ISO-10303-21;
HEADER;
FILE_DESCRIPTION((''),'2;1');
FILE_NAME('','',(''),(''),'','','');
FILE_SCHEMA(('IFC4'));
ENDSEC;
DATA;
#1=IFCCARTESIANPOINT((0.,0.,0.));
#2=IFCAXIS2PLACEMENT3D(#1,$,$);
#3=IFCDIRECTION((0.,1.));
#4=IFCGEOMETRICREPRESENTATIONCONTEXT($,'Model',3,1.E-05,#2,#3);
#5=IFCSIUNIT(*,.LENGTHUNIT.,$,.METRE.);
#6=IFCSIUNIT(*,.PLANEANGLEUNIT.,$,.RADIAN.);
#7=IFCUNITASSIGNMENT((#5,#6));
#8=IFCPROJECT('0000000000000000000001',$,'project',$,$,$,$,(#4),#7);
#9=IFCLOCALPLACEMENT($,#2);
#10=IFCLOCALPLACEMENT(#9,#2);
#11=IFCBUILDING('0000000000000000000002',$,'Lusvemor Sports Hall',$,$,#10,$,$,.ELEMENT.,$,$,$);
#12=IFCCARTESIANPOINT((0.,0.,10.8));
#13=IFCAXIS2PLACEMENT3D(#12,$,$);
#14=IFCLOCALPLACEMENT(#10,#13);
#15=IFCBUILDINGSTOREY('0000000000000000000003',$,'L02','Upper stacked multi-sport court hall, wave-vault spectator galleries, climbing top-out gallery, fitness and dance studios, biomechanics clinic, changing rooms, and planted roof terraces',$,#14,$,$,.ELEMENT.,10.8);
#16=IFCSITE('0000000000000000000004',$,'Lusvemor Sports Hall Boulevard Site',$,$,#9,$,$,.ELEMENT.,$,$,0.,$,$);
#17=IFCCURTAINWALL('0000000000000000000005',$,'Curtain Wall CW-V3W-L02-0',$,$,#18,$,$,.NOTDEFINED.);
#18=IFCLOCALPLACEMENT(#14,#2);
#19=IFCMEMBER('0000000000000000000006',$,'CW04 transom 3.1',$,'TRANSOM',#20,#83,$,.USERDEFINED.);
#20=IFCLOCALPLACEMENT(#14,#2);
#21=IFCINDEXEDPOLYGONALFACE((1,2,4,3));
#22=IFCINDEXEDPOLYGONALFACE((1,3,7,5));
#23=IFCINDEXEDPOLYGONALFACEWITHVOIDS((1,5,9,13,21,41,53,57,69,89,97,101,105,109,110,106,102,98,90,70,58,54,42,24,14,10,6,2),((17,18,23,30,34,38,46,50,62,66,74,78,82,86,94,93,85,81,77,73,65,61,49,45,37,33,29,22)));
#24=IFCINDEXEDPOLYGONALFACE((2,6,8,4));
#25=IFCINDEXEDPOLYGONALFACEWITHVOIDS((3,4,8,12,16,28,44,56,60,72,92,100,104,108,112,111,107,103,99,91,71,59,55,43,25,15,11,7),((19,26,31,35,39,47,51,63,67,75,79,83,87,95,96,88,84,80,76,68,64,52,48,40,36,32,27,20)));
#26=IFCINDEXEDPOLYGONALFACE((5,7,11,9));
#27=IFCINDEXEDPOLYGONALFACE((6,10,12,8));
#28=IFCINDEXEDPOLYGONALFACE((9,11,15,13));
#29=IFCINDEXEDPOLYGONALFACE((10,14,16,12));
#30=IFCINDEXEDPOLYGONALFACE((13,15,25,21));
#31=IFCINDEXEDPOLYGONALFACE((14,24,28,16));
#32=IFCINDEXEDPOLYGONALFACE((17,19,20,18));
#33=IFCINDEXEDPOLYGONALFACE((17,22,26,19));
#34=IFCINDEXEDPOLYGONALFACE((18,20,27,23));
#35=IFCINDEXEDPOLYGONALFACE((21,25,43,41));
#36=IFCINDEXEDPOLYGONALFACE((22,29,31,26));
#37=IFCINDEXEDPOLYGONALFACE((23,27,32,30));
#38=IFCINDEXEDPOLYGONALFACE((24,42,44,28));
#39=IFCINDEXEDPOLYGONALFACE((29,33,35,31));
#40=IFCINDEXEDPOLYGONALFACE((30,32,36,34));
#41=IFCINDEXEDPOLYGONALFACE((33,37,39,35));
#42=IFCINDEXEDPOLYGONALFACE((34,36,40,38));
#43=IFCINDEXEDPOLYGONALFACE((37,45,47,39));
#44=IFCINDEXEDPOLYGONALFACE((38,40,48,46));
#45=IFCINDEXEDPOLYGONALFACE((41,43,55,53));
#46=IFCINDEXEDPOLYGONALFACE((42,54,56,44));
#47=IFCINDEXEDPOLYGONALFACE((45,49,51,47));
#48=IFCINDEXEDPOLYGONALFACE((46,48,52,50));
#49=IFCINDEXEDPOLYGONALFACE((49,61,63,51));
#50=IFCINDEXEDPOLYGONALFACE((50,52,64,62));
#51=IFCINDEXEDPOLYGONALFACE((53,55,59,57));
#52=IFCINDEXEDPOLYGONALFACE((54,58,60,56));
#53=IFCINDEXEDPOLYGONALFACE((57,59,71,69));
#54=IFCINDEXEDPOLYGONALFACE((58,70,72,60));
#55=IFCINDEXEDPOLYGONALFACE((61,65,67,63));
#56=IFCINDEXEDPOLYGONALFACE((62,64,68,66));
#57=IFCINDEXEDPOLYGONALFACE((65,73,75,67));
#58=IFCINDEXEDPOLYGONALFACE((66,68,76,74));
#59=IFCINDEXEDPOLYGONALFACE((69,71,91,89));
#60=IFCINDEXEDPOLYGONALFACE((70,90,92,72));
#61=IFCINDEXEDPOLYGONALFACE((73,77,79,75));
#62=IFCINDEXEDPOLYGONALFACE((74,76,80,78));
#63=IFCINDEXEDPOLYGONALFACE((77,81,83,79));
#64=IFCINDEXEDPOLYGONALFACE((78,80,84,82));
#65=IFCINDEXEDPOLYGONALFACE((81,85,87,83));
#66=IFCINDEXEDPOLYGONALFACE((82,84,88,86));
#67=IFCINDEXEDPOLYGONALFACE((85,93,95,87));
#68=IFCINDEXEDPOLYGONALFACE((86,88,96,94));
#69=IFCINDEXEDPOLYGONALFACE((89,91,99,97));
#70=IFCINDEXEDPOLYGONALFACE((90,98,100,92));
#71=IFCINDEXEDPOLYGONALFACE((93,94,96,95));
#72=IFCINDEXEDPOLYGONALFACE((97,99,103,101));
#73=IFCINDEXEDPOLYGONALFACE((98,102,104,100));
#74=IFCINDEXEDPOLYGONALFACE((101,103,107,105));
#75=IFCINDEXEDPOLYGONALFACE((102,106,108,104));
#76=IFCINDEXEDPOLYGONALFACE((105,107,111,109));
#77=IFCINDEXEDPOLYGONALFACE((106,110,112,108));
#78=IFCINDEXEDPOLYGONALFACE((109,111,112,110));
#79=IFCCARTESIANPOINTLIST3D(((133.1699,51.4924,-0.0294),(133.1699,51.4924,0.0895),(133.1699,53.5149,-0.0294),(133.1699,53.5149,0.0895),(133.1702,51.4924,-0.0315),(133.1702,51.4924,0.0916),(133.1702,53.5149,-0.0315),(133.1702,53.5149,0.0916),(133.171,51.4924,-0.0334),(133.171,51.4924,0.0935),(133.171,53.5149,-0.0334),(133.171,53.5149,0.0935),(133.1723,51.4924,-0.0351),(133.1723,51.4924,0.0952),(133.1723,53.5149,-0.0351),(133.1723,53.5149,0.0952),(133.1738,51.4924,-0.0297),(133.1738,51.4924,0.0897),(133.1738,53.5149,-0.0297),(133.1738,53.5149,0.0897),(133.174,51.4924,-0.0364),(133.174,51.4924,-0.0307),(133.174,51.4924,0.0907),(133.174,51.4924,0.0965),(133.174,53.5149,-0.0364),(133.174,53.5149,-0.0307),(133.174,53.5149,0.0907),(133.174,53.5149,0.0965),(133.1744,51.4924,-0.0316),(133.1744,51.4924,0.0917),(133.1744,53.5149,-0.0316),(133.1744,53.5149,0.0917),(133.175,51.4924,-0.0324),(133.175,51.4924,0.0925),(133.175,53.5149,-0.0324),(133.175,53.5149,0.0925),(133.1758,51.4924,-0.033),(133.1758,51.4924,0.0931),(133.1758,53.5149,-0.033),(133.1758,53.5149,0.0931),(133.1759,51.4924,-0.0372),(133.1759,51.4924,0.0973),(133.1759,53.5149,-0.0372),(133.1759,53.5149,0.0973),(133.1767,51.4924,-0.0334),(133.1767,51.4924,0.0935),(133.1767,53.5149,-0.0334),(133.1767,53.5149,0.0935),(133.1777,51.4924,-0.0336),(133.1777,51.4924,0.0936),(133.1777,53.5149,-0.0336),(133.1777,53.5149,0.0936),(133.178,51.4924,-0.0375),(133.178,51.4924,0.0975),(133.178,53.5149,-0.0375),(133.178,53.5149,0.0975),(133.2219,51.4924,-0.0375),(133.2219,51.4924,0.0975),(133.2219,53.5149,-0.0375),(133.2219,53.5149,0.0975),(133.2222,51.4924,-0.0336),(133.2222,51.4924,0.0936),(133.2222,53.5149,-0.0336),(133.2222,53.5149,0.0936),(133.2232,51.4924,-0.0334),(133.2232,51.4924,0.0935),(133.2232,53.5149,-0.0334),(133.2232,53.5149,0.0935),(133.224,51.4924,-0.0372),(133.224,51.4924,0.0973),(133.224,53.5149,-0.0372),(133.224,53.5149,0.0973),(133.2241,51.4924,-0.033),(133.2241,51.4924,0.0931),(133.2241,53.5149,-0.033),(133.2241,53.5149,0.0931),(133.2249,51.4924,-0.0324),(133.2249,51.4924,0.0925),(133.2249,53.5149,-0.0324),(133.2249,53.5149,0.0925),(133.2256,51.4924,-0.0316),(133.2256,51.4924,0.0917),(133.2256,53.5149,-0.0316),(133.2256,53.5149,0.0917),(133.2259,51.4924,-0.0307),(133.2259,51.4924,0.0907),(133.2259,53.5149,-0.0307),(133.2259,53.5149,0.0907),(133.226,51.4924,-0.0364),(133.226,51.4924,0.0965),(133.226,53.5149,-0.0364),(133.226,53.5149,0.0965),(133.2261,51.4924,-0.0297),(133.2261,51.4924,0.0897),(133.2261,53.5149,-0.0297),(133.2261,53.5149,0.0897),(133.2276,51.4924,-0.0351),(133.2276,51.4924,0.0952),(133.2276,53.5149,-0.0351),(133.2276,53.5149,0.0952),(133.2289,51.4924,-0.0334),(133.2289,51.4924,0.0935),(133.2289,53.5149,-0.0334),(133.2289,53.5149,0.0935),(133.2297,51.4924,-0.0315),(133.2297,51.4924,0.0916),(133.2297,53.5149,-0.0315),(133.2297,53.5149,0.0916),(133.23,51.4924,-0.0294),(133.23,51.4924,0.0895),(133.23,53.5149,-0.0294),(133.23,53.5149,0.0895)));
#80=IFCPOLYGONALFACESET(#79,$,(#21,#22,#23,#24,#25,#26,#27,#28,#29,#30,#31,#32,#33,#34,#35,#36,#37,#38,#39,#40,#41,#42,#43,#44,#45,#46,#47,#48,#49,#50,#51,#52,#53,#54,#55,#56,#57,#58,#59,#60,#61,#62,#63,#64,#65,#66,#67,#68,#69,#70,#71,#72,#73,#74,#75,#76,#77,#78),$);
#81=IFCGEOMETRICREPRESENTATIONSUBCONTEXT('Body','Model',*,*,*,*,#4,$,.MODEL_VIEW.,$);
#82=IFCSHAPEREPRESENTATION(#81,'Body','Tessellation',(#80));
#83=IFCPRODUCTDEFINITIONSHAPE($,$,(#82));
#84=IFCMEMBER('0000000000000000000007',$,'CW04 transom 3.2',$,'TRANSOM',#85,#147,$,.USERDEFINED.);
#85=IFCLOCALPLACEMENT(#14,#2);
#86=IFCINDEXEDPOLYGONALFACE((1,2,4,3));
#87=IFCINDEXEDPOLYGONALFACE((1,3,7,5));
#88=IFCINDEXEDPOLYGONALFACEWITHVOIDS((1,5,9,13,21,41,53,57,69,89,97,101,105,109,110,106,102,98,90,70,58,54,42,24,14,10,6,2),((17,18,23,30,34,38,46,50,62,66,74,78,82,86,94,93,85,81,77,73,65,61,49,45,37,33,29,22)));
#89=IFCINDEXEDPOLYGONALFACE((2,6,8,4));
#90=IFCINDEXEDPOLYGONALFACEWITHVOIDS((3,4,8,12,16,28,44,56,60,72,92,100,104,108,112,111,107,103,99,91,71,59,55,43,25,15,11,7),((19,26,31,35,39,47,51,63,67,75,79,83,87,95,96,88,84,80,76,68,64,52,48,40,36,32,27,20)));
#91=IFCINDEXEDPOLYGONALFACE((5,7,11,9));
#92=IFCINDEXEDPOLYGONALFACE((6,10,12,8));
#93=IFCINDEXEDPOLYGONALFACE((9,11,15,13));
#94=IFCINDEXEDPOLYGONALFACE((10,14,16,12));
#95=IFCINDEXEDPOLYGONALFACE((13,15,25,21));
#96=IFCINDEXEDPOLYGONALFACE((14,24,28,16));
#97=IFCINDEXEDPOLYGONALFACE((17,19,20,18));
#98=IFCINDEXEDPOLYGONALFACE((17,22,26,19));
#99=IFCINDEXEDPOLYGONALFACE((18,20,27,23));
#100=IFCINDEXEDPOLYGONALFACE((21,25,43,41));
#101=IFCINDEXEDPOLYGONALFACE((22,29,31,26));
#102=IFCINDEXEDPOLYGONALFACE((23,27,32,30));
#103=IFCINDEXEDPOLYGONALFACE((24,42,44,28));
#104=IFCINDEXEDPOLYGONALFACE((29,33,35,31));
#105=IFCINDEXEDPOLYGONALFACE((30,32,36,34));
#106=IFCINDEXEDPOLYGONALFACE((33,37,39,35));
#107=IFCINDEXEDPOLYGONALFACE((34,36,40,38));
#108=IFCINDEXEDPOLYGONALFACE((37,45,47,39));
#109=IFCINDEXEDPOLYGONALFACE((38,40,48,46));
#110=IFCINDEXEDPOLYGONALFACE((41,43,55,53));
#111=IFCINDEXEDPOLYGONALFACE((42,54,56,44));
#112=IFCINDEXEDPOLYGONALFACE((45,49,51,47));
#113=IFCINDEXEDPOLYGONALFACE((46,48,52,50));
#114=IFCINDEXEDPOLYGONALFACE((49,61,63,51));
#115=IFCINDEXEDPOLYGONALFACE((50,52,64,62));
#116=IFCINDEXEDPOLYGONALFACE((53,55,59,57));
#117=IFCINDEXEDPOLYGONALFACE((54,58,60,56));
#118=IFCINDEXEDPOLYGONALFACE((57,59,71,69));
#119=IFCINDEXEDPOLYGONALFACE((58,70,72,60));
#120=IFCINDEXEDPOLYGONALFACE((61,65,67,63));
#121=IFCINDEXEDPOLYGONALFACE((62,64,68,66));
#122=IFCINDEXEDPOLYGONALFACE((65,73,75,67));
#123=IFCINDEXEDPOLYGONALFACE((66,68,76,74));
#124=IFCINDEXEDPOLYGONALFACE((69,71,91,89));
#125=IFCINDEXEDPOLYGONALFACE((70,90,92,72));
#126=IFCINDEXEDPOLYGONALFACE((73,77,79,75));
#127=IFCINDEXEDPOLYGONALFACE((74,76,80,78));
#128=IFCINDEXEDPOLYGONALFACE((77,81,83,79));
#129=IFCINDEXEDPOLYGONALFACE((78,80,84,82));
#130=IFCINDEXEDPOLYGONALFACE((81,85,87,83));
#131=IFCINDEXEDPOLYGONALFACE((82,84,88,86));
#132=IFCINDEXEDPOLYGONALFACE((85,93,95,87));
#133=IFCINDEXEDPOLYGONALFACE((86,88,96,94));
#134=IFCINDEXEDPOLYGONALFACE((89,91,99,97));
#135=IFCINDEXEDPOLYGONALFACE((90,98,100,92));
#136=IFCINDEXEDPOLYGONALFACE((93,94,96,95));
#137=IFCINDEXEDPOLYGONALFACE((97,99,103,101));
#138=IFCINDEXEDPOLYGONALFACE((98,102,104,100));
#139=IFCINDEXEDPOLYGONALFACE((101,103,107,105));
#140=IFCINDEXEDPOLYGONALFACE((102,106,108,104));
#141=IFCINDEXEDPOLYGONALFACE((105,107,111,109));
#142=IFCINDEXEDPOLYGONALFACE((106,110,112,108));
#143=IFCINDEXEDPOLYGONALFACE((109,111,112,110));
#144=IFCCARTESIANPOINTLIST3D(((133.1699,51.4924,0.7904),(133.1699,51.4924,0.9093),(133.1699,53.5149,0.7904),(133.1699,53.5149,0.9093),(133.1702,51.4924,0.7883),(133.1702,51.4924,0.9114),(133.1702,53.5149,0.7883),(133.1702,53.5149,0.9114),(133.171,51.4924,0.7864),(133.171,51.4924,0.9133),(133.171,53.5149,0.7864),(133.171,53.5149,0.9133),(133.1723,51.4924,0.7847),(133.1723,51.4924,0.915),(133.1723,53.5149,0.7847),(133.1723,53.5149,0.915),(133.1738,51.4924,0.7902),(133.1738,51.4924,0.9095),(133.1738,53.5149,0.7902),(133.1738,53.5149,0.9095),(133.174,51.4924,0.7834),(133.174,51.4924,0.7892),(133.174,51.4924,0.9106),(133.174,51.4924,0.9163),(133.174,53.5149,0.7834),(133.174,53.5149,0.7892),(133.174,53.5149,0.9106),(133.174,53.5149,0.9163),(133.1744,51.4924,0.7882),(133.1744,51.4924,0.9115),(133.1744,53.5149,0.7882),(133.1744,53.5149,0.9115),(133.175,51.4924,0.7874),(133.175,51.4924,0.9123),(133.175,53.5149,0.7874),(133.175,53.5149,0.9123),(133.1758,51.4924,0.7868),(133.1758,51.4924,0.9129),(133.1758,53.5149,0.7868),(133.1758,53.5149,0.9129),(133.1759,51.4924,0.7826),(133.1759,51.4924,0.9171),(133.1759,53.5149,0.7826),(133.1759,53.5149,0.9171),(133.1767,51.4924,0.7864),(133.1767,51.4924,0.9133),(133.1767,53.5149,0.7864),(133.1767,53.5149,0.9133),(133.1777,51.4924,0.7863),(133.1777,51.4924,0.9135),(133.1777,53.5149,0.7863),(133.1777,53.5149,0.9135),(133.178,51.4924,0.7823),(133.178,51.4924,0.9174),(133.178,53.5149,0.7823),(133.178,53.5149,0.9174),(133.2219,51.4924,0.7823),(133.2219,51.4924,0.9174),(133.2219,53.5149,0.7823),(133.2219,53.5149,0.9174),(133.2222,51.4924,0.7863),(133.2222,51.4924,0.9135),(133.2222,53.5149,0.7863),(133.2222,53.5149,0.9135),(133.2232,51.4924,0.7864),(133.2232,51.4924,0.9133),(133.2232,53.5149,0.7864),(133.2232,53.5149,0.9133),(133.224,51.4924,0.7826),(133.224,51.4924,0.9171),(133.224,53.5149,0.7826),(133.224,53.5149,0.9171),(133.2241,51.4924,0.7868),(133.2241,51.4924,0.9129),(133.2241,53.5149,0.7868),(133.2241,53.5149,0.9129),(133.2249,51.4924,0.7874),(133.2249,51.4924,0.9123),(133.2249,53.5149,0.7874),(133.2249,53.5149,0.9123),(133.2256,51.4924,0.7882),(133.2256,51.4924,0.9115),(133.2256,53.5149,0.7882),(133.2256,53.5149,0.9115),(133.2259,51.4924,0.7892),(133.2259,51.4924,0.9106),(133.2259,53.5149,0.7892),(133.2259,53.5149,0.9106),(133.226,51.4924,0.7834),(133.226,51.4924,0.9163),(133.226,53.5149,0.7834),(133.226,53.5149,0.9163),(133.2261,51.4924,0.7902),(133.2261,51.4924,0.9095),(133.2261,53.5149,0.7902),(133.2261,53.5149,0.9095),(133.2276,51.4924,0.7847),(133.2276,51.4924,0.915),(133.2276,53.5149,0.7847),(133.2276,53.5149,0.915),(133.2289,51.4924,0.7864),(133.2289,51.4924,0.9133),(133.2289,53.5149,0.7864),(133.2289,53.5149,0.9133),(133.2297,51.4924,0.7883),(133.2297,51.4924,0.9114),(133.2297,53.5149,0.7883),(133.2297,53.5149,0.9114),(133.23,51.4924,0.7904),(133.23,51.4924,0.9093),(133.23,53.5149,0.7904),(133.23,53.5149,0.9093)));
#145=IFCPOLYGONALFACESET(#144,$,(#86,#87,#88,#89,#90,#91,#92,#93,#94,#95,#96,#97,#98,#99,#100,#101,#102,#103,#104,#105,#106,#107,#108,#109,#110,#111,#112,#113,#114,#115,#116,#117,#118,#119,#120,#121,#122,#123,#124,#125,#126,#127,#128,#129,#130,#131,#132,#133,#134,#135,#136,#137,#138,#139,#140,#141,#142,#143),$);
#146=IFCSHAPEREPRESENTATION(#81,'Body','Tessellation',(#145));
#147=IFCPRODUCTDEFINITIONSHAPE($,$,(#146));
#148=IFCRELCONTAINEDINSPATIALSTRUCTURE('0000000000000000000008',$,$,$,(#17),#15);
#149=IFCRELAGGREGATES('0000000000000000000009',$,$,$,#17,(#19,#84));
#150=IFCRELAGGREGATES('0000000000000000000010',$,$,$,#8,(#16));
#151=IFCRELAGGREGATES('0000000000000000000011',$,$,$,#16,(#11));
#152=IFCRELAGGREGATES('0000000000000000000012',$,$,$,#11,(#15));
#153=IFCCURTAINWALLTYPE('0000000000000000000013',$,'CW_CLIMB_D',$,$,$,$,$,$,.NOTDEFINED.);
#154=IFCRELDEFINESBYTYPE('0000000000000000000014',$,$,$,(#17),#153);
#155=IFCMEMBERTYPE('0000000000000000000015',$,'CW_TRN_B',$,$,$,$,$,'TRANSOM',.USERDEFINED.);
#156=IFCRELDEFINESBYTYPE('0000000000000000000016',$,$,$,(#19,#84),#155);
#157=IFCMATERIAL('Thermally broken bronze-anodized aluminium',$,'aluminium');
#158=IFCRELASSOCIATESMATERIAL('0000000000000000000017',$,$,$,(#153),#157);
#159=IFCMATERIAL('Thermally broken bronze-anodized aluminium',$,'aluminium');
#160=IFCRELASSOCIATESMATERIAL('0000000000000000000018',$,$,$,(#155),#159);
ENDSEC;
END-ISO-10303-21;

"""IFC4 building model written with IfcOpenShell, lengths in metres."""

from ifc_helpers import new_model, si_unit, direction, frame, origin, origin_2d, place, context, subcontext, project, spatial, hollow_rectangle, extrude, material, material_profile, profile_set, type_object, element, aggregate, save


model = new_model("IFC4")

# Units and contexts
model_context = context("Model", 3, precision=1e-05, world=origin(), true_north=direction((0.0, 1.0)))
body_context = subcontext(model_context, "Body", "Model", "MODEL_VIEW")
ifc_project = project(units=[si_unit("LENGTHUNIT", "METRE"), si_unit("PLANEANGLEUNIT", "RADIAN")], contexts=[model_context])

# Site, building, storey
site_placement = place(None, origin())
site = spatial("IfcSite", under=ifc_project, at=site_placement, Name="Lusvemor Sports Hall Boulevard Site", CompositionType="ELEMENT", RefElevation=0.0)
building_placement = place(site_placement, origin())
building = spatial("IfcBuilding", under=site, at=building_placement, Name="Lusvemor Sports Hall", CompositionType="ELEMENT")
storey_placement = place(building_placement, frame((0.0, 0.0, 10.8)))
storey = spatial("IfcBuildingStorey", under=building, at=storey_placement, Name="L02", Description="Upper stacked multi-sport court hall, wave-vault spectator galleries, climbing top-out gallery, fitness and dance studios, biomechanics clinic, changing rooms, and planted roof terraces", CompositionType="ELEMENT", Elevation=10.8)

# Curtain wall
ifc_material_1 = material(Name="Thermally broken bronze-anodized aluminium", Category="aluminium")
curtain_wall_type = type_object("IfcCurtainWallType", Name="CW_CLIMB_D", PredefinedType="NOTDEFINED", material=ifc_material_1)
curtain_wall_1_placement = place(storey_placement, origin())
curtain_wall_1 = element("IfcCurtainWall", 1, at=curtain_wall_1_placement, inside=storey, type_object=curtain_wall_type, Name="Curtain Wall CW-V3W-L02-0", PredefinedType="NOTDEFINED")

# Members
ifc_material_2 = material(Name="Thermally broken bronze-anodized aluminium", Category="aluminium")
ifc_material_profile_1 = material_profile(ifc_material_2, hollow_rectangle(XDim=0.0601, YDim=0.135, WallThickness=0.0039, InnerFilletRadius=0.0039, OuterFilletRadius=0.0081, at=origin_2d()), Name="CWTRN135x60x4")
ifc_profile_set_1 = profile_set([ifc_material_profile_1], Name="Thermally broken bronze-anodized aluminium")
member_type_1 = type_object("IfcMemberType", Name="CW_TRN_B", ElementType="TRANSOM", PredefinedType="USERDEFINED", material=ifc_profile_set_1)
member_1_placement = place(storey_placement, frame((133.2, 51.4924, 0.03), z_axis=(0.0, 1.0, 0.0), x_axis=(-1.0, 0.0, 0.0)))
member_1 = element("IfcMember", 2, at=member_1_placement, type_object=member_type_1, Name="CW04 transom 3.1", ObjectType="TRANSOM", PredefinedType="USERDEFINED", context=body_context, shape_type="SweptSolid", body=[
    extrude(hollow_rectangle(XDim=0.0601, YDim=0.135, WallThickness=0.0039, InnerFilletRadius=0.0039, OuterFilletRadius=0.0081, at=origin_2d()), origin(), (0.0, 0.0, 1.0), 2.0225),
])
member_2_placement = place(storey_placement, frame((133.2, 51.4924, 0.8499), z_axis=(0.0, 1.0, 0.0), x_axis=(-1.0, 0.0, 0.0)))
member_2 = element("IfcMember", 3, at=member_2_placement, type_object=member_type_1, Name="CW04 transom 3.2", ObjectType="TRANSOM", PredefinedType="USERDEFINED", context=body_context, shape_type="SweptSolid", body=[
    extrude(hollow_rectangle(XDim=0.0601, YDim=0.135, WallThickness=0.0039, InnerFilletRadius=0.0039, OuterFilletRadius=0.0081, at=origin_2d()), origin(), (0.0, 0.0, 1.0), 2.0225),
])

aggregate(curtain_wall_1, [member_1, member_2])

save(model, "model.ifc")
